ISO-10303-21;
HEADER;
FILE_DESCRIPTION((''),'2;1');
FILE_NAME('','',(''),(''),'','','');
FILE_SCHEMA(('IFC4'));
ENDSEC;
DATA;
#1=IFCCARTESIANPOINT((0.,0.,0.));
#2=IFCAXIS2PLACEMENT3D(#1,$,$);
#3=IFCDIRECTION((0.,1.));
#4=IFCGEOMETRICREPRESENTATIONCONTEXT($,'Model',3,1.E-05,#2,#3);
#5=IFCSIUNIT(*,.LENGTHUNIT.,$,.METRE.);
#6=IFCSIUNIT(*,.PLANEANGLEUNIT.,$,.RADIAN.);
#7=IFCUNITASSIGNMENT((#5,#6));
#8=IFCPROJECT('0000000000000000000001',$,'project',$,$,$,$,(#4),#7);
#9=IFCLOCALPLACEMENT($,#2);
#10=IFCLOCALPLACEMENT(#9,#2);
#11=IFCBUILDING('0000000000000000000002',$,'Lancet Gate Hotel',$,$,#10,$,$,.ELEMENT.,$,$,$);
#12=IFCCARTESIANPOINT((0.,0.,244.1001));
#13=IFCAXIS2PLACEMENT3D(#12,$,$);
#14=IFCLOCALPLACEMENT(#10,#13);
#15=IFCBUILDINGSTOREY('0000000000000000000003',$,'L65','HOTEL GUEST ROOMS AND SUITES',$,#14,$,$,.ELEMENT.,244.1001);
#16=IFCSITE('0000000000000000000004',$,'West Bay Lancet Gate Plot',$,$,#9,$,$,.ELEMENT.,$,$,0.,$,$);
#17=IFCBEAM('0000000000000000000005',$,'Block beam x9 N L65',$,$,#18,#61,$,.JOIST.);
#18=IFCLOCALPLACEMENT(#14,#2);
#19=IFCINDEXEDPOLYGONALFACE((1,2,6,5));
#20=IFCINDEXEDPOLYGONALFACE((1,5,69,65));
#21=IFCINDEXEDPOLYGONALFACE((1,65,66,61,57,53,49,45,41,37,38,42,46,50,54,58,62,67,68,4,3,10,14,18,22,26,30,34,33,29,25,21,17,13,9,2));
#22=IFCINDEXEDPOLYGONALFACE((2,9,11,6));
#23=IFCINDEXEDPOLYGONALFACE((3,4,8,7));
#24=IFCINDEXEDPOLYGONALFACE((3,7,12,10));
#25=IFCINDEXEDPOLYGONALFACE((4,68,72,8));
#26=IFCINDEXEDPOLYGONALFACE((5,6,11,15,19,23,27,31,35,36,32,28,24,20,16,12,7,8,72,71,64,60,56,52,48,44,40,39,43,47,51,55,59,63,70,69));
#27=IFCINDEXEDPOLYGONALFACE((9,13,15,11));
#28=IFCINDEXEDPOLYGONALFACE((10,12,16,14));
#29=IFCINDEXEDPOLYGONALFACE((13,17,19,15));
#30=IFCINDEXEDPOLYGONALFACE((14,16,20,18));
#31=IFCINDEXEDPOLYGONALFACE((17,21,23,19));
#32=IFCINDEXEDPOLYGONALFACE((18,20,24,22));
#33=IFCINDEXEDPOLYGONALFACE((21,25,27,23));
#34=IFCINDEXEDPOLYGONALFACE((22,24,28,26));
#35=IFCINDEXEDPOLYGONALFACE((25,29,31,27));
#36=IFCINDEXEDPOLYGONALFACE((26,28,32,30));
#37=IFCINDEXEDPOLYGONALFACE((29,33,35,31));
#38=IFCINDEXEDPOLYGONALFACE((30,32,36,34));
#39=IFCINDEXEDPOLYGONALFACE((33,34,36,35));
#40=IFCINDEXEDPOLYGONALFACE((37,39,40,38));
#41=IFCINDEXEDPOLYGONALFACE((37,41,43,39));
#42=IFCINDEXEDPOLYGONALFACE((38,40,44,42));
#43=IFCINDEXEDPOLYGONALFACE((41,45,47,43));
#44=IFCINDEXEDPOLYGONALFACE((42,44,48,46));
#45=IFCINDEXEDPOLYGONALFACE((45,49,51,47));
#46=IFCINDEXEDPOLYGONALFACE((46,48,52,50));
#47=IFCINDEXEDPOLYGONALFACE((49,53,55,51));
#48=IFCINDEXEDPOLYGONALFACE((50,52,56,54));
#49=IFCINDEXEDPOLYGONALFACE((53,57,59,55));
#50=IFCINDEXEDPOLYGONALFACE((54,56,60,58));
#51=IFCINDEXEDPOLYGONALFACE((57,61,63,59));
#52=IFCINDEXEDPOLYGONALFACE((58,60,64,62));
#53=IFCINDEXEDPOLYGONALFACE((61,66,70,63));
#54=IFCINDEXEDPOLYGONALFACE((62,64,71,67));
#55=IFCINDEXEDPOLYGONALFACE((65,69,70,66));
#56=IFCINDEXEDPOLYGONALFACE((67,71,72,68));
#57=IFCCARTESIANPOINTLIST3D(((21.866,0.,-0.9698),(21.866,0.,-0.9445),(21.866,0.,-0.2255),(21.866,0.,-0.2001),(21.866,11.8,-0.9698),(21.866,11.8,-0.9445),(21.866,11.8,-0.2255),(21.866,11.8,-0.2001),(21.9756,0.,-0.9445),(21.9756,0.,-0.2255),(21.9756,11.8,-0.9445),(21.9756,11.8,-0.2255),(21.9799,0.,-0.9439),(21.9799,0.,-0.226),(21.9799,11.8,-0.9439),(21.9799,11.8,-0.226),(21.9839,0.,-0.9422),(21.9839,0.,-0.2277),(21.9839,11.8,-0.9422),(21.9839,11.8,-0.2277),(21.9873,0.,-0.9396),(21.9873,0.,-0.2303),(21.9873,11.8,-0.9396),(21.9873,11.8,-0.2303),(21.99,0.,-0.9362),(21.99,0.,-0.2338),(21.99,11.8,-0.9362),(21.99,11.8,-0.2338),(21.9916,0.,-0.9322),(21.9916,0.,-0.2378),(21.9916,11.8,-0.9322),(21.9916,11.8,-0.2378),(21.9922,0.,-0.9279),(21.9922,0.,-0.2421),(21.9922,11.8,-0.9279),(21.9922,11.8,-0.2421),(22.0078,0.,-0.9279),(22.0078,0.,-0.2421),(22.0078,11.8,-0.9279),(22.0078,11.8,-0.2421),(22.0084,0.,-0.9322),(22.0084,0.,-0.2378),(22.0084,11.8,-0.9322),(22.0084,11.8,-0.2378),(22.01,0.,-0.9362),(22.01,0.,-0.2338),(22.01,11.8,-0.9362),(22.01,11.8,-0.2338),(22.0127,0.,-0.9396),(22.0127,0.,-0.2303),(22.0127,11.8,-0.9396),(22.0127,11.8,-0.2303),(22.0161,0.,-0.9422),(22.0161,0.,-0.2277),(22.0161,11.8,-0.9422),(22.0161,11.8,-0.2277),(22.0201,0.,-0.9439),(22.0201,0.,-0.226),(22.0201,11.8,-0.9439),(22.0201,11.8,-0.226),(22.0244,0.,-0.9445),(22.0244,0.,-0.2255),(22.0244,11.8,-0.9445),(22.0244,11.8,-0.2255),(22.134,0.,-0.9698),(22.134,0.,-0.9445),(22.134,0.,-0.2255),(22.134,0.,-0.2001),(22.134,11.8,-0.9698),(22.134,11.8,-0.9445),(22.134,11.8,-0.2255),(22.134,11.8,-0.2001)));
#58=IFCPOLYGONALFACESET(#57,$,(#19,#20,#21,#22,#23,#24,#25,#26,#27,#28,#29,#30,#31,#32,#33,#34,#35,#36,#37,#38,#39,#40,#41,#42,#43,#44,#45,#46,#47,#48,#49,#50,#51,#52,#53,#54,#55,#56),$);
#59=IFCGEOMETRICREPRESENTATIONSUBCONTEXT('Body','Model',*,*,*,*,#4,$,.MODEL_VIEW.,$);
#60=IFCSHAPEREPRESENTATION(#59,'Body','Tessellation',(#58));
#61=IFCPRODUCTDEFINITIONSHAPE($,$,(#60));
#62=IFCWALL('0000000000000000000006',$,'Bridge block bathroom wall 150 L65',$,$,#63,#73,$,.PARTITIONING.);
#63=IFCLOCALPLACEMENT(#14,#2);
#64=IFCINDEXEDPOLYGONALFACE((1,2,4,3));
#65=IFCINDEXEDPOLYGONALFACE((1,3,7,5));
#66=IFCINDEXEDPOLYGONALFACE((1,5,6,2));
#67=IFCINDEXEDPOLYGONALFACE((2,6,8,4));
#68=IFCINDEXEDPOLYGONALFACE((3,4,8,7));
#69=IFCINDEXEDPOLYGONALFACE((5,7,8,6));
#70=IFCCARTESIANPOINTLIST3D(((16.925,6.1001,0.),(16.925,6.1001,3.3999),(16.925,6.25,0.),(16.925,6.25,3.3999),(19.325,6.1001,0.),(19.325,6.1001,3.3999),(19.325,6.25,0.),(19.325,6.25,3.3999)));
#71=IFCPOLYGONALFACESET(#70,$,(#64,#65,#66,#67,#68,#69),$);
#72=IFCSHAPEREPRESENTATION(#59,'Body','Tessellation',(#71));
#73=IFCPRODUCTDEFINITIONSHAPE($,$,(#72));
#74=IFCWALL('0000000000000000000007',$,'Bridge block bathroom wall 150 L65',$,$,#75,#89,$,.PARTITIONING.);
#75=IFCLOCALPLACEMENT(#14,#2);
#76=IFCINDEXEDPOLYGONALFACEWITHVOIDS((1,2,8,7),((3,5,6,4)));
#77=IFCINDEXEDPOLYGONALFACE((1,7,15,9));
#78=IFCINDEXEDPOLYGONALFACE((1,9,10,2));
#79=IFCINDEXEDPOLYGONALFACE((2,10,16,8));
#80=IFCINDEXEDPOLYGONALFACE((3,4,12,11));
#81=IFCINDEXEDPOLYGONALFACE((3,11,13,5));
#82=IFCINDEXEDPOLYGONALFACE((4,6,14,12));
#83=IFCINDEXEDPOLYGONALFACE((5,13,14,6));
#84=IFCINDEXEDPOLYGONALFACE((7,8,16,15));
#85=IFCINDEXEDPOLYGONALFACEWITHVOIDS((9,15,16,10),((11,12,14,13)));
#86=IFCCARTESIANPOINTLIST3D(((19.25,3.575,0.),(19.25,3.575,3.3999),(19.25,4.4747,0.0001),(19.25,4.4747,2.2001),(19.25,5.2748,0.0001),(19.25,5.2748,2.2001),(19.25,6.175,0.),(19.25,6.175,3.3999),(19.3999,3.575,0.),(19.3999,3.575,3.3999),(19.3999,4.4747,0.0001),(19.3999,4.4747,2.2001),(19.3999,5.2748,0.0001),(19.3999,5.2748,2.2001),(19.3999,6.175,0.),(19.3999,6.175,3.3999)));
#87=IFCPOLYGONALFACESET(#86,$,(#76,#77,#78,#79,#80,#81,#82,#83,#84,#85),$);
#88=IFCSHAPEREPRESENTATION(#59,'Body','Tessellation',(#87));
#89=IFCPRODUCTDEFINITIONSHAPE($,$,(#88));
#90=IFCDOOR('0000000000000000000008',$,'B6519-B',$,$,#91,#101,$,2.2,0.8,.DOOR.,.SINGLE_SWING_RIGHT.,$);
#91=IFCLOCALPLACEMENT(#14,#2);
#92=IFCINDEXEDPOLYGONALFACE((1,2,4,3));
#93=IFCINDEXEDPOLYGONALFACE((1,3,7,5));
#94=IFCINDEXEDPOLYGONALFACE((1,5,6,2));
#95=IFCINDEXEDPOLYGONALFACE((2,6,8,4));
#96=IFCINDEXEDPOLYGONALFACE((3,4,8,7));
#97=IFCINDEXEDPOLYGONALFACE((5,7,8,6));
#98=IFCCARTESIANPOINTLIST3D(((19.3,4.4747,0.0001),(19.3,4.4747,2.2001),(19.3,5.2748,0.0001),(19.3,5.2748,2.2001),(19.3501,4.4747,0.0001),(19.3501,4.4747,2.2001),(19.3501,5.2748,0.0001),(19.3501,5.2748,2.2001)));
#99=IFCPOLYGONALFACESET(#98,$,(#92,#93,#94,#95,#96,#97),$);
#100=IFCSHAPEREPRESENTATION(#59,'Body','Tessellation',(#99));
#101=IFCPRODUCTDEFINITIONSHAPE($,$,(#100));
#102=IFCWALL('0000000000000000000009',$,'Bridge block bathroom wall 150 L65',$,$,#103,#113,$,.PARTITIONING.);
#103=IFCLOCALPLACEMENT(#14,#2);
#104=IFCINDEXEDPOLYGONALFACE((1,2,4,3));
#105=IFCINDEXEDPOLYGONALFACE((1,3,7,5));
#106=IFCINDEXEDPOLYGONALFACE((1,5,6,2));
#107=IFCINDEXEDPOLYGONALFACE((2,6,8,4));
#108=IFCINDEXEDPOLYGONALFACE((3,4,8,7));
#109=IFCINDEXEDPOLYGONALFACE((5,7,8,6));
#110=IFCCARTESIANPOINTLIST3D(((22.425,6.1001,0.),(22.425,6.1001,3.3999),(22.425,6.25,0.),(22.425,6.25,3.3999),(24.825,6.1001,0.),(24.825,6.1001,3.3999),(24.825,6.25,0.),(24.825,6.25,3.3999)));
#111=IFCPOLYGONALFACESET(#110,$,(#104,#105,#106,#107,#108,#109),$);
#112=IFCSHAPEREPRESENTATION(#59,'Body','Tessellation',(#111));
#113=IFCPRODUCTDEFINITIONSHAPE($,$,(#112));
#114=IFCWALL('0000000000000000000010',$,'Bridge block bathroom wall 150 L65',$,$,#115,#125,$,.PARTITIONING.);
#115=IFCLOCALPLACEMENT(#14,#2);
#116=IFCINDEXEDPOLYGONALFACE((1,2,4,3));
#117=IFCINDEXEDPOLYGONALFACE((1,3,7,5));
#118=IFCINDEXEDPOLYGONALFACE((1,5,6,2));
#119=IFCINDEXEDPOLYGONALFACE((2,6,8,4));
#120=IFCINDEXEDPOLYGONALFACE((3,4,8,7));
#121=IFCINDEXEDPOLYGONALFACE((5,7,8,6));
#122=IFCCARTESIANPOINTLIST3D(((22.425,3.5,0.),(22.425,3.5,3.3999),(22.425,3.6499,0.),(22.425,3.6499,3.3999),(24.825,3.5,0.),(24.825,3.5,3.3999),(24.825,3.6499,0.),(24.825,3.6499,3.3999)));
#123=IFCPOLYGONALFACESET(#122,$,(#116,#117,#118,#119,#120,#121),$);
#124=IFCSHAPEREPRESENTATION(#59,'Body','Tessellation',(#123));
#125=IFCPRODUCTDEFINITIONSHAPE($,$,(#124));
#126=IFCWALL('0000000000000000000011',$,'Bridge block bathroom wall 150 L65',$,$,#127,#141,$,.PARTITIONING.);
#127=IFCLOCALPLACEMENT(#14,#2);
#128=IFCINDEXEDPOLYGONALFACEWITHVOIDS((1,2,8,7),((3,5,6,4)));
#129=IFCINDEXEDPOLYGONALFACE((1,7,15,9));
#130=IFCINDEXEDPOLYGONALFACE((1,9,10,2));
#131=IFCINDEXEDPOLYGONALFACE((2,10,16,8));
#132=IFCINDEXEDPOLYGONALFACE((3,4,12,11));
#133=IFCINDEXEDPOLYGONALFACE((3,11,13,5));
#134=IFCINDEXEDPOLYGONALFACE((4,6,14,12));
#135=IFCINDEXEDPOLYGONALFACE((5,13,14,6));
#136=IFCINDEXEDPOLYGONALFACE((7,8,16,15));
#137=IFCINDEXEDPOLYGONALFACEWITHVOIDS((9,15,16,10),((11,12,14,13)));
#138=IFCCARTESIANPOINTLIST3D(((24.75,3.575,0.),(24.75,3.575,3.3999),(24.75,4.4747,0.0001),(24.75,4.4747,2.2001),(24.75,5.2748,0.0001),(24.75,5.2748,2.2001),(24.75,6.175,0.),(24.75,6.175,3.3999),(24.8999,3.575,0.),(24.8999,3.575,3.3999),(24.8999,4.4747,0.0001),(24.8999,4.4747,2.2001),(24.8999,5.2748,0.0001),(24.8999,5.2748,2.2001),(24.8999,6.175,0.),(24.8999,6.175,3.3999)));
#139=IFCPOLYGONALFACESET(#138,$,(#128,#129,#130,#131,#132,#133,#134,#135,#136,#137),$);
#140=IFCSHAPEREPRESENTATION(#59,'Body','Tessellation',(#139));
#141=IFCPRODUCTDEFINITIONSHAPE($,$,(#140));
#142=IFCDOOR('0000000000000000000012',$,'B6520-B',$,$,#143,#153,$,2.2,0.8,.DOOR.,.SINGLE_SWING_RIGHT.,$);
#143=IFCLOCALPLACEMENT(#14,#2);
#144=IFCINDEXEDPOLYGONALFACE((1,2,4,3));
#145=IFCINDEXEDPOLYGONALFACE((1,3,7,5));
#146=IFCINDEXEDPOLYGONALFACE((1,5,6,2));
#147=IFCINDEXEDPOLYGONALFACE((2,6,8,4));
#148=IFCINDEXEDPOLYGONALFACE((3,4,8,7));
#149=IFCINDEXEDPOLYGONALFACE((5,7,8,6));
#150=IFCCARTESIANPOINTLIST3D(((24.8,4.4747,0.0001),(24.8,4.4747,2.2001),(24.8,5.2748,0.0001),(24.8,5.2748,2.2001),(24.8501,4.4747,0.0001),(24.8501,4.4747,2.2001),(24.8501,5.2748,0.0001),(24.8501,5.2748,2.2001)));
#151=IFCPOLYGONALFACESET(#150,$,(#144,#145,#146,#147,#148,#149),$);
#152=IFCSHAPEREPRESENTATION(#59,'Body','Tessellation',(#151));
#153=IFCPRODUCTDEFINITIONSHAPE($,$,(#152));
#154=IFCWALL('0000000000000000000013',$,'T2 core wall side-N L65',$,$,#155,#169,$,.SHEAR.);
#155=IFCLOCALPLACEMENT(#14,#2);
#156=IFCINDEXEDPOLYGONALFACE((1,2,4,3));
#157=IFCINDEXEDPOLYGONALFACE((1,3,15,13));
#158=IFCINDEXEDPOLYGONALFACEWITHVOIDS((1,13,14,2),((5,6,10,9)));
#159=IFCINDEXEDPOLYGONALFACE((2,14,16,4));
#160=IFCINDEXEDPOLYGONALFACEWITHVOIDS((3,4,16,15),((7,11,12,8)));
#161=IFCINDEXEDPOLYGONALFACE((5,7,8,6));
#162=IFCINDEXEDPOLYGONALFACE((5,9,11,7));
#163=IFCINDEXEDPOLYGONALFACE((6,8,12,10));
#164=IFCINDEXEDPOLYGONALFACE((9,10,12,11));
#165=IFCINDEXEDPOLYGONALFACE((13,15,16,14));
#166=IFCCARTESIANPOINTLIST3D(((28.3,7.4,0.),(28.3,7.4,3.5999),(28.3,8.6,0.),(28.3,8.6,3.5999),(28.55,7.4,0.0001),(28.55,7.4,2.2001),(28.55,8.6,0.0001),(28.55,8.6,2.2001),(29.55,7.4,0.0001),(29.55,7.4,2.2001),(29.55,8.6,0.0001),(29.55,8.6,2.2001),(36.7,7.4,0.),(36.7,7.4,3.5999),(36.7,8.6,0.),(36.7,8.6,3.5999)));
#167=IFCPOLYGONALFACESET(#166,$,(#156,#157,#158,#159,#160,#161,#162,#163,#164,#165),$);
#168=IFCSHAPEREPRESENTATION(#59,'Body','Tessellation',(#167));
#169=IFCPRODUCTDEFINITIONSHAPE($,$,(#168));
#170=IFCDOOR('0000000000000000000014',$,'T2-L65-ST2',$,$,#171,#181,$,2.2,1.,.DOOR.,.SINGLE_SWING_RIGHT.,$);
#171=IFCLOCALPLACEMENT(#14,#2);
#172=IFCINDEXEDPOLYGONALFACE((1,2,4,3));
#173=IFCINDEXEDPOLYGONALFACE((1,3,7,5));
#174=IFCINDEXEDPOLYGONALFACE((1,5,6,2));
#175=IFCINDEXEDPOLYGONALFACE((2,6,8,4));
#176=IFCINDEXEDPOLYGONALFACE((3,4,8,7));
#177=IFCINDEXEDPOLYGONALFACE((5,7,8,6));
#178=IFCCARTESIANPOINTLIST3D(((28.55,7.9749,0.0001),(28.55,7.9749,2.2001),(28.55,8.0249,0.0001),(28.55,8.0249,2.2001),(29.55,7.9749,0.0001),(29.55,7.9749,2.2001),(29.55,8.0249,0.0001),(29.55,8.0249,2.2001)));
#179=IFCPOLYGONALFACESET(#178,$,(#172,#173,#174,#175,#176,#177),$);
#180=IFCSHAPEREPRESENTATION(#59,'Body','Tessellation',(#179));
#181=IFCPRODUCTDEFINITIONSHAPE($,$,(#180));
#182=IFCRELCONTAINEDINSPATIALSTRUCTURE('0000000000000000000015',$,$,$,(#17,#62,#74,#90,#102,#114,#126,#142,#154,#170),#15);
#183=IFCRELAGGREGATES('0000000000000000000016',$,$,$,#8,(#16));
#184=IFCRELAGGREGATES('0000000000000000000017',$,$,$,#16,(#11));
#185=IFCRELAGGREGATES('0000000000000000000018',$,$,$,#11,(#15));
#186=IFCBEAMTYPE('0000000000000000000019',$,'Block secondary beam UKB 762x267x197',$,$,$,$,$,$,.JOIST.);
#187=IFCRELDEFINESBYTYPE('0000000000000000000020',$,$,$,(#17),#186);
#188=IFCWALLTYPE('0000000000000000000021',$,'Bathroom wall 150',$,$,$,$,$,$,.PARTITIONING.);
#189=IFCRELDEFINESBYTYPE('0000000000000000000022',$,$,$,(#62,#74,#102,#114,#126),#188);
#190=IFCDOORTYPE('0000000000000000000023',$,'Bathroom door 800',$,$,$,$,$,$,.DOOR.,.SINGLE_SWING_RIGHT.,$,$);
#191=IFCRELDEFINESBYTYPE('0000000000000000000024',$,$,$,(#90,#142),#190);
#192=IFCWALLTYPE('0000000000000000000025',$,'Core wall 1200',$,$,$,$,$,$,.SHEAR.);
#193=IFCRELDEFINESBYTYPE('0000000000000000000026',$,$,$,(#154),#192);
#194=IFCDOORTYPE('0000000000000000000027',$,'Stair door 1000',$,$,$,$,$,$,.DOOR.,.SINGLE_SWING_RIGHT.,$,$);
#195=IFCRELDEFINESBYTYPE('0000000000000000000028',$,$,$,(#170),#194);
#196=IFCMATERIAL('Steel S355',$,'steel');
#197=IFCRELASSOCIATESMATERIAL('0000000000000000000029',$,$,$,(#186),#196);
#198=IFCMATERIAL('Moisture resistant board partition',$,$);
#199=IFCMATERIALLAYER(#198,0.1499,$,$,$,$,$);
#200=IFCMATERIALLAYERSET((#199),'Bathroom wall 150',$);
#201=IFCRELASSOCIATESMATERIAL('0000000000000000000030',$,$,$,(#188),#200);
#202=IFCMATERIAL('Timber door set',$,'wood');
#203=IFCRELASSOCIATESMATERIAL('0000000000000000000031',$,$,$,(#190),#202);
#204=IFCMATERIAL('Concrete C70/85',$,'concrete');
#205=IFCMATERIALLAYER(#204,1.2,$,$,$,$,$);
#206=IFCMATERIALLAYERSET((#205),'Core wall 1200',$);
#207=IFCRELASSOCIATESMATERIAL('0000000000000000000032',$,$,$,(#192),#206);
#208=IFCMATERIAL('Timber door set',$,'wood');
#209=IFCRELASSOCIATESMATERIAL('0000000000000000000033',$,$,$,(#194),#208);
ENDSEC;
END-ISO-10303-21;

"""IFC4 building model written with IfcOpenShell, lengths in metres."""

from ifc_helpers import new_model, si_unit, direction, frame, frame_2d, origin, origin_2d, place, context, subcontext, project, spatial, rectangle, i_section, extrude, material, layer, layer_set, material_profile, profile_set, type_object, element, fill, save


model = new_model("IFC4")

# Units and contexts
model_context = context("Model", 3, precision=1e-05, world=origin(), true_north=direction((0.0, 1.0)))
body_context = subcontext(model_context, "Body", "Model", "MODEL_VIEW")
ifc_project = project(units=[si_unit("LENGTHUNIT", "METRE"), si_unit("PLANEANGLEUNIT", "RADIAN")], contexts=[model_context])

# Site, building, storey
site_placement = place(None, origin())
site = spatial("IfcSite", under=ifc_project, at=site_placement, Name="West Bay Lancet Gate Plot", CompositionType="ELEMENT", RefElevation=0.0)
building_placement = place(site_placement, origin())
building = spatial("IfcBuilding", under=site, at=building_placement, Name="Lancet Gate Hotel", CompositionType="ELEMENT")
storey_placement = place(building_placement, frame((0.0, 0.0, 244.1001)))
storey = spatial("IfcBuildingStorey", under=building, at=storey_placement, Name="L65", Description="HOTEL GUEST ROOMS AND SUITES", CompositionType="ELEMENT", Elevation=244.1001)

# Beam
ifc_material_1 = material(Name="Steel S355", Category="steel")
ifc_material_profile_1 = material_profile(ifc_material_1, i_section(OverallWidth=0.2681, OverallDepth=0.7698, WebThickness=0.0156, FlangeThickness=0.0254, FilletRadius=0.0166, at=origin_2d()), Name="UKB 762x267x197")
ifc_profile_set_1 = profile_set([ifc_material_profile_1], Name="Steel S355")
beam_type_1 = type_object("IfcBeamType", Name="Block secondary beam UKB 762x267x197", PredefinedType="JOIST", material=ifc_profile_set_1)
beam_1_placement = place(storey_placement, frame((22.0, 0.0, -0.585), z_axis=(0.0, 1.0, 0.0), x_axis=(-1.0, 0.0, 0.0)))
element("IfcBeam", 1, at=beam_1_placement, inside=storey, type_object=beam_type_1, Name="Block beam x9 N L65", PredefinedType="JOIST", context=body_context, shape_type="SweptSolid", body=[
    extrude(i_section(OverallWidth=0.2681, OverallDepth=0.7698, WebThickness=0.0156, FlangeThickness=0.0254, FilletRadius=0.0166, at=origin_2d()), origin(), (0.0, 0.0, 1.0), 11.8),
])

# Wall
ifc_material_2 = material(Name="Moisture resistant board partition")
ifc_layer_1 = layer(ifc_material_2, 0.1499)
ifc_layer_set_1 = layer_set([ifc_layer_1], Name="Bathroom wall 150")
wall_type_1 = type_object("IfcWallType", Name="Bathroom wall 150", PredefinedType="PARTITIONING", material=ifc_layer_set_1)
wall_1_placement = place(storey_placement, frame((16.925, 6.175, 0.0), z_axis=(0.0, 0.0, 1.0), x_axis=(1.0, 0.0, 0.0)))
element("IfcWall", 2, at=wall_1_placement, inside=storey, type_object=wall_type_1, Name="Bridge block bathroom wall 150 L65", PredefinedType="PARTITIONING", context=body_context, shape_type="SweptSolid", body=[
    extrude(rectangle(XDim=2.3999, YDim=0.1499, at=frame_2d((1.2, 0.0))), origin(), (0.0, 0.0, 1.0), 3.3999),
])

# Wall, opening, door
wall_2_placement = place(storey_placement, frame((19.325, 3.575, 0.0), z_axis=(0.0, 0.0, 1.0), x_axis=(0.0, 1.0, 0.0)))
wall_2 = element("IfcWall", 3, at=wall_2_placement, inside=storey, type_object=wall_type_1, Name="Bridge block bathroom wall 150 L65", PredefinedType="PARTITIONING", context=body_context, shape_type="SweptSolid", body=[
    extrude(rectangle(XDim=2.6001, YDim=0.1499, at=frame_2d((1.3, 0.0))), origin(), (0.0, 0.0, 1.0), 3.3999),
])
opening_1_placement = place(wall_2_placement, frame((0.8999, 0.0, 0.0)))
opening_1 = element("IfcOpeningElement", 4, at=opening_1_placement, cuts=wall_2, PredefinedType="OPENING", context=body_context, shape_type="SweptSolid", body=[
    extrude(rectangle(XDim=0.8, YDim=2.2, at=frame_2d((0.3999, 1.1001))), frame((0.0, 0.085, 0.0), z_axis=(0.0, -1.0, 0.0), x_axis=(1.0, 0.0, 0.0)), (0.0, 0.0, 1.0), 0.1699),
])
ifc_material_3 = material(Name="Timber door set", Category="wood")
door_type_1 = type_object("IfcDoorType", Name="Bathroom door 800", OperationType="SINGLE_SWING_RIGHT", PredefinedType="DOOR", material=ifc_material_3)
door_1_placement = place(opening_1_placement, origin())
door_1 = element("IfcDoor", 5, at=door_1_placement, inside=storey, type_object=door_type_1, Name="B6519-B", OperationType="SINGLE_SWING_RIGHT", OverallHeight=2.2, OverallWidth=0.8, PredefinedType="DOOR", context=body_context, shape_type="SweptSolid", body=[
    extrude(rectangle(XDim=0.8, YDim=2.2, at=frame_2d((0.3999, 1.1001))), frame((0.0, 0.0249, 0.0), z_axis=(0.0, -1.0, 0.0), x_axis=(1.0, 0.0, 0.0)), (0.0, 0.0, 1.0), 0.05),
])
fill(opening_1, door_1)

# Walls
for number, where, z_axis, x_axis, name in (
    (6, (22.425, 6.175, 0.0), (0.0, 0.0, 1.0), (1.0, 0.0, 0.0), "Bridge block bathroom wall 150 L65"),
    (7, (22.425, 3.575, 0.0), (0.0, 0.0, 1.0), (1.0, 0.0, 0.0), "Bridge block bathroom wall 150 L65"),
):
    element("IfcWall", number, at=place(storey_placement, frame(where, z_axis=z_axis, x_axis=x_axis)), inside=storey, type_object=wall_type_1, Name=name, PredefinedType="PARTITIONING", context=body_context, shape_type="SweptSolid", body=[
        extrude(rectangle(XDim=2.3999, YDim=0.1499, at=frame_2d((1.2, 0.0))), origin(), (0.0, 0.0, 1.0), 3.3999),
    ])

# Walls, openings, doors
wall_3_placement = place(storey_placement, frame((24.825, 3.575, 0.0), z_axis=(0.0, 0.0, 1.0), x_axis=(0.0, 1.0, 0.0)))
wall_3 = element("IfcWall", 8, at=wall_3_placement, inside=storey, type_object=wall_type_1, Name="Bridge block bathroom wall 150 L65", PredefinedType="PARTITIONING", context=body_context, shape_type="SweptSolid", body=[
    extrude(rectangle(XDim=2.6001, YDim=0.1499, at=frame_2d((1.3, 0.0))), origin(), (0.0, 0.0, 1.0), 3.3999),
])
opening_2_placement = place(wall_3_placement, frame((0.8999, 0.0, 0.0)))
opening_2 = element("IfcOpeningElement", 9, at=opening_2_placement, cuts=wall_3, PredefinedType="OPENING", context=body_context, shape_type="SweptSolid", body=[
    extrude(rectangle(XDim=0.8, YDim=2.2, at=frame_2d((0.3999, 1.1001))), frame((0.0, 0.085, 0.0), z_axis=(0.0, -1.0, 0.0), x_axis=(1.0, 0.0, 0.0)), (0.0, 0.0, 1.0), 0.1699),
])
door_2_placement = place(opening_2_placement, origin())
door_2 = element("IfcDoor", 10, at=door_2_placement, inside=storey, type_object=door_type_1, Name="B6520-B", OperationType="SINGLE_SWING_RIGHT", OverallHeight=2.2, OverallWidth=0.8, PredefinedType="DOOR", context=body_context, shape_type="SweptSolid", body=[
    extrude(rectangle(XDim=0.8, YDim=2.2, at=frame_2d((0.3999, 1.1001))), frame((0.0, 0.0249, 0.0), z_axis=(0.0, -1.0, 0.0), x_axis=(1.0, 0.0, 0.0)), (0.0, 0.0, 1.0), 0.05),
])
fill(opening_2, door_2)
ifc_material_4 = material(Name="Concrete C70/85", Category="concrete")
ifc_layer_2 = layer(ifc_material_4, 1.2)
ifc_layer_set_2 = layer_set([ifc_layer_2], Name="Core wall 1200")
wall_type_2 = type_object("IfcWallType", Name="Core wall 1200", PredefinedType="SHEAR", material=ifc_layer_set_2)
wall_4_placement = place(storey_placement, frame((28.3, 8.0, 0.0), z_axis=(0.0, 0.0, 1.0), x_axis=(1.0, 0.0, 0.0)))
wall_4 = element("IfcWall", 11, at=wall_4_placement, inside=storey, type_object=wall_type_2, Name="T2 core wall side-N L65", PredefinedType="SHEAR", context=body_context, shape_type="SweptSolid", body=[
    extrude(rectangle(XDim=8.3999, YDim=1.2, at=frame_2d((4.2, 0.0))), origin(), (0.0, 0.0, 1.0), 3.5999),
])
opening_3_placement = place(wall_4_placement, frame((0.25, 0.0, 0.0)))
opening_3 = element("IfcOpeningElement", 12, at=opening_3_placement, cuts=wall_4, PredefinedType="OPENING", context=body_context, shape_type="SweptSolid", body=[
    extrude(rectangle(XDim=1.0, YDim=2.2, at=frame_2d((0.5, 1.1001))), frame((0.0, 0.6099, 0.0), z_axis=(0.0, -1.0, 0.0), x_axis=(1.0, 0.0, 0.0)), (0.0, 0.0, 1.0), 1.22),
])
ifc_material_5 = material(Name="Timber door set", Category="wood")
door_type_2 = type_object("IfcDoorType", Name="Stair door 1000", OperationType="SINGLE_SWING_RIGHT", PredefinedType="DOOR", material=ifc_material_5)
door_3_placement = place(opening_3_placement, origin())
door_3 = element("IfcDoor", 13, at=door_3_placement, inside=storey, type_object=door_type_2, Name="T2-L65-ST2", OperationType="SINGLE_SWING_RIGHT", OverallHeight=2.2, OverallWidth=1.0, PredefinedType="DOOR", context=body_context, shape_type="SweptSolid", body=[
    extrude(rectangle(XDim=1.0, YDim=2.2, at=frame_2d((0.5, 1.1001))), frame((0.0, 0.0249, 0.0), z_axis=(0.0, -1.0, 0.0), x_axis=(1.0, 0.0, 0.0)), (0.0, 0.0, 1.0), 0.05),
])
fill(opening_3, door_3)

save(model, "model.ifc")
